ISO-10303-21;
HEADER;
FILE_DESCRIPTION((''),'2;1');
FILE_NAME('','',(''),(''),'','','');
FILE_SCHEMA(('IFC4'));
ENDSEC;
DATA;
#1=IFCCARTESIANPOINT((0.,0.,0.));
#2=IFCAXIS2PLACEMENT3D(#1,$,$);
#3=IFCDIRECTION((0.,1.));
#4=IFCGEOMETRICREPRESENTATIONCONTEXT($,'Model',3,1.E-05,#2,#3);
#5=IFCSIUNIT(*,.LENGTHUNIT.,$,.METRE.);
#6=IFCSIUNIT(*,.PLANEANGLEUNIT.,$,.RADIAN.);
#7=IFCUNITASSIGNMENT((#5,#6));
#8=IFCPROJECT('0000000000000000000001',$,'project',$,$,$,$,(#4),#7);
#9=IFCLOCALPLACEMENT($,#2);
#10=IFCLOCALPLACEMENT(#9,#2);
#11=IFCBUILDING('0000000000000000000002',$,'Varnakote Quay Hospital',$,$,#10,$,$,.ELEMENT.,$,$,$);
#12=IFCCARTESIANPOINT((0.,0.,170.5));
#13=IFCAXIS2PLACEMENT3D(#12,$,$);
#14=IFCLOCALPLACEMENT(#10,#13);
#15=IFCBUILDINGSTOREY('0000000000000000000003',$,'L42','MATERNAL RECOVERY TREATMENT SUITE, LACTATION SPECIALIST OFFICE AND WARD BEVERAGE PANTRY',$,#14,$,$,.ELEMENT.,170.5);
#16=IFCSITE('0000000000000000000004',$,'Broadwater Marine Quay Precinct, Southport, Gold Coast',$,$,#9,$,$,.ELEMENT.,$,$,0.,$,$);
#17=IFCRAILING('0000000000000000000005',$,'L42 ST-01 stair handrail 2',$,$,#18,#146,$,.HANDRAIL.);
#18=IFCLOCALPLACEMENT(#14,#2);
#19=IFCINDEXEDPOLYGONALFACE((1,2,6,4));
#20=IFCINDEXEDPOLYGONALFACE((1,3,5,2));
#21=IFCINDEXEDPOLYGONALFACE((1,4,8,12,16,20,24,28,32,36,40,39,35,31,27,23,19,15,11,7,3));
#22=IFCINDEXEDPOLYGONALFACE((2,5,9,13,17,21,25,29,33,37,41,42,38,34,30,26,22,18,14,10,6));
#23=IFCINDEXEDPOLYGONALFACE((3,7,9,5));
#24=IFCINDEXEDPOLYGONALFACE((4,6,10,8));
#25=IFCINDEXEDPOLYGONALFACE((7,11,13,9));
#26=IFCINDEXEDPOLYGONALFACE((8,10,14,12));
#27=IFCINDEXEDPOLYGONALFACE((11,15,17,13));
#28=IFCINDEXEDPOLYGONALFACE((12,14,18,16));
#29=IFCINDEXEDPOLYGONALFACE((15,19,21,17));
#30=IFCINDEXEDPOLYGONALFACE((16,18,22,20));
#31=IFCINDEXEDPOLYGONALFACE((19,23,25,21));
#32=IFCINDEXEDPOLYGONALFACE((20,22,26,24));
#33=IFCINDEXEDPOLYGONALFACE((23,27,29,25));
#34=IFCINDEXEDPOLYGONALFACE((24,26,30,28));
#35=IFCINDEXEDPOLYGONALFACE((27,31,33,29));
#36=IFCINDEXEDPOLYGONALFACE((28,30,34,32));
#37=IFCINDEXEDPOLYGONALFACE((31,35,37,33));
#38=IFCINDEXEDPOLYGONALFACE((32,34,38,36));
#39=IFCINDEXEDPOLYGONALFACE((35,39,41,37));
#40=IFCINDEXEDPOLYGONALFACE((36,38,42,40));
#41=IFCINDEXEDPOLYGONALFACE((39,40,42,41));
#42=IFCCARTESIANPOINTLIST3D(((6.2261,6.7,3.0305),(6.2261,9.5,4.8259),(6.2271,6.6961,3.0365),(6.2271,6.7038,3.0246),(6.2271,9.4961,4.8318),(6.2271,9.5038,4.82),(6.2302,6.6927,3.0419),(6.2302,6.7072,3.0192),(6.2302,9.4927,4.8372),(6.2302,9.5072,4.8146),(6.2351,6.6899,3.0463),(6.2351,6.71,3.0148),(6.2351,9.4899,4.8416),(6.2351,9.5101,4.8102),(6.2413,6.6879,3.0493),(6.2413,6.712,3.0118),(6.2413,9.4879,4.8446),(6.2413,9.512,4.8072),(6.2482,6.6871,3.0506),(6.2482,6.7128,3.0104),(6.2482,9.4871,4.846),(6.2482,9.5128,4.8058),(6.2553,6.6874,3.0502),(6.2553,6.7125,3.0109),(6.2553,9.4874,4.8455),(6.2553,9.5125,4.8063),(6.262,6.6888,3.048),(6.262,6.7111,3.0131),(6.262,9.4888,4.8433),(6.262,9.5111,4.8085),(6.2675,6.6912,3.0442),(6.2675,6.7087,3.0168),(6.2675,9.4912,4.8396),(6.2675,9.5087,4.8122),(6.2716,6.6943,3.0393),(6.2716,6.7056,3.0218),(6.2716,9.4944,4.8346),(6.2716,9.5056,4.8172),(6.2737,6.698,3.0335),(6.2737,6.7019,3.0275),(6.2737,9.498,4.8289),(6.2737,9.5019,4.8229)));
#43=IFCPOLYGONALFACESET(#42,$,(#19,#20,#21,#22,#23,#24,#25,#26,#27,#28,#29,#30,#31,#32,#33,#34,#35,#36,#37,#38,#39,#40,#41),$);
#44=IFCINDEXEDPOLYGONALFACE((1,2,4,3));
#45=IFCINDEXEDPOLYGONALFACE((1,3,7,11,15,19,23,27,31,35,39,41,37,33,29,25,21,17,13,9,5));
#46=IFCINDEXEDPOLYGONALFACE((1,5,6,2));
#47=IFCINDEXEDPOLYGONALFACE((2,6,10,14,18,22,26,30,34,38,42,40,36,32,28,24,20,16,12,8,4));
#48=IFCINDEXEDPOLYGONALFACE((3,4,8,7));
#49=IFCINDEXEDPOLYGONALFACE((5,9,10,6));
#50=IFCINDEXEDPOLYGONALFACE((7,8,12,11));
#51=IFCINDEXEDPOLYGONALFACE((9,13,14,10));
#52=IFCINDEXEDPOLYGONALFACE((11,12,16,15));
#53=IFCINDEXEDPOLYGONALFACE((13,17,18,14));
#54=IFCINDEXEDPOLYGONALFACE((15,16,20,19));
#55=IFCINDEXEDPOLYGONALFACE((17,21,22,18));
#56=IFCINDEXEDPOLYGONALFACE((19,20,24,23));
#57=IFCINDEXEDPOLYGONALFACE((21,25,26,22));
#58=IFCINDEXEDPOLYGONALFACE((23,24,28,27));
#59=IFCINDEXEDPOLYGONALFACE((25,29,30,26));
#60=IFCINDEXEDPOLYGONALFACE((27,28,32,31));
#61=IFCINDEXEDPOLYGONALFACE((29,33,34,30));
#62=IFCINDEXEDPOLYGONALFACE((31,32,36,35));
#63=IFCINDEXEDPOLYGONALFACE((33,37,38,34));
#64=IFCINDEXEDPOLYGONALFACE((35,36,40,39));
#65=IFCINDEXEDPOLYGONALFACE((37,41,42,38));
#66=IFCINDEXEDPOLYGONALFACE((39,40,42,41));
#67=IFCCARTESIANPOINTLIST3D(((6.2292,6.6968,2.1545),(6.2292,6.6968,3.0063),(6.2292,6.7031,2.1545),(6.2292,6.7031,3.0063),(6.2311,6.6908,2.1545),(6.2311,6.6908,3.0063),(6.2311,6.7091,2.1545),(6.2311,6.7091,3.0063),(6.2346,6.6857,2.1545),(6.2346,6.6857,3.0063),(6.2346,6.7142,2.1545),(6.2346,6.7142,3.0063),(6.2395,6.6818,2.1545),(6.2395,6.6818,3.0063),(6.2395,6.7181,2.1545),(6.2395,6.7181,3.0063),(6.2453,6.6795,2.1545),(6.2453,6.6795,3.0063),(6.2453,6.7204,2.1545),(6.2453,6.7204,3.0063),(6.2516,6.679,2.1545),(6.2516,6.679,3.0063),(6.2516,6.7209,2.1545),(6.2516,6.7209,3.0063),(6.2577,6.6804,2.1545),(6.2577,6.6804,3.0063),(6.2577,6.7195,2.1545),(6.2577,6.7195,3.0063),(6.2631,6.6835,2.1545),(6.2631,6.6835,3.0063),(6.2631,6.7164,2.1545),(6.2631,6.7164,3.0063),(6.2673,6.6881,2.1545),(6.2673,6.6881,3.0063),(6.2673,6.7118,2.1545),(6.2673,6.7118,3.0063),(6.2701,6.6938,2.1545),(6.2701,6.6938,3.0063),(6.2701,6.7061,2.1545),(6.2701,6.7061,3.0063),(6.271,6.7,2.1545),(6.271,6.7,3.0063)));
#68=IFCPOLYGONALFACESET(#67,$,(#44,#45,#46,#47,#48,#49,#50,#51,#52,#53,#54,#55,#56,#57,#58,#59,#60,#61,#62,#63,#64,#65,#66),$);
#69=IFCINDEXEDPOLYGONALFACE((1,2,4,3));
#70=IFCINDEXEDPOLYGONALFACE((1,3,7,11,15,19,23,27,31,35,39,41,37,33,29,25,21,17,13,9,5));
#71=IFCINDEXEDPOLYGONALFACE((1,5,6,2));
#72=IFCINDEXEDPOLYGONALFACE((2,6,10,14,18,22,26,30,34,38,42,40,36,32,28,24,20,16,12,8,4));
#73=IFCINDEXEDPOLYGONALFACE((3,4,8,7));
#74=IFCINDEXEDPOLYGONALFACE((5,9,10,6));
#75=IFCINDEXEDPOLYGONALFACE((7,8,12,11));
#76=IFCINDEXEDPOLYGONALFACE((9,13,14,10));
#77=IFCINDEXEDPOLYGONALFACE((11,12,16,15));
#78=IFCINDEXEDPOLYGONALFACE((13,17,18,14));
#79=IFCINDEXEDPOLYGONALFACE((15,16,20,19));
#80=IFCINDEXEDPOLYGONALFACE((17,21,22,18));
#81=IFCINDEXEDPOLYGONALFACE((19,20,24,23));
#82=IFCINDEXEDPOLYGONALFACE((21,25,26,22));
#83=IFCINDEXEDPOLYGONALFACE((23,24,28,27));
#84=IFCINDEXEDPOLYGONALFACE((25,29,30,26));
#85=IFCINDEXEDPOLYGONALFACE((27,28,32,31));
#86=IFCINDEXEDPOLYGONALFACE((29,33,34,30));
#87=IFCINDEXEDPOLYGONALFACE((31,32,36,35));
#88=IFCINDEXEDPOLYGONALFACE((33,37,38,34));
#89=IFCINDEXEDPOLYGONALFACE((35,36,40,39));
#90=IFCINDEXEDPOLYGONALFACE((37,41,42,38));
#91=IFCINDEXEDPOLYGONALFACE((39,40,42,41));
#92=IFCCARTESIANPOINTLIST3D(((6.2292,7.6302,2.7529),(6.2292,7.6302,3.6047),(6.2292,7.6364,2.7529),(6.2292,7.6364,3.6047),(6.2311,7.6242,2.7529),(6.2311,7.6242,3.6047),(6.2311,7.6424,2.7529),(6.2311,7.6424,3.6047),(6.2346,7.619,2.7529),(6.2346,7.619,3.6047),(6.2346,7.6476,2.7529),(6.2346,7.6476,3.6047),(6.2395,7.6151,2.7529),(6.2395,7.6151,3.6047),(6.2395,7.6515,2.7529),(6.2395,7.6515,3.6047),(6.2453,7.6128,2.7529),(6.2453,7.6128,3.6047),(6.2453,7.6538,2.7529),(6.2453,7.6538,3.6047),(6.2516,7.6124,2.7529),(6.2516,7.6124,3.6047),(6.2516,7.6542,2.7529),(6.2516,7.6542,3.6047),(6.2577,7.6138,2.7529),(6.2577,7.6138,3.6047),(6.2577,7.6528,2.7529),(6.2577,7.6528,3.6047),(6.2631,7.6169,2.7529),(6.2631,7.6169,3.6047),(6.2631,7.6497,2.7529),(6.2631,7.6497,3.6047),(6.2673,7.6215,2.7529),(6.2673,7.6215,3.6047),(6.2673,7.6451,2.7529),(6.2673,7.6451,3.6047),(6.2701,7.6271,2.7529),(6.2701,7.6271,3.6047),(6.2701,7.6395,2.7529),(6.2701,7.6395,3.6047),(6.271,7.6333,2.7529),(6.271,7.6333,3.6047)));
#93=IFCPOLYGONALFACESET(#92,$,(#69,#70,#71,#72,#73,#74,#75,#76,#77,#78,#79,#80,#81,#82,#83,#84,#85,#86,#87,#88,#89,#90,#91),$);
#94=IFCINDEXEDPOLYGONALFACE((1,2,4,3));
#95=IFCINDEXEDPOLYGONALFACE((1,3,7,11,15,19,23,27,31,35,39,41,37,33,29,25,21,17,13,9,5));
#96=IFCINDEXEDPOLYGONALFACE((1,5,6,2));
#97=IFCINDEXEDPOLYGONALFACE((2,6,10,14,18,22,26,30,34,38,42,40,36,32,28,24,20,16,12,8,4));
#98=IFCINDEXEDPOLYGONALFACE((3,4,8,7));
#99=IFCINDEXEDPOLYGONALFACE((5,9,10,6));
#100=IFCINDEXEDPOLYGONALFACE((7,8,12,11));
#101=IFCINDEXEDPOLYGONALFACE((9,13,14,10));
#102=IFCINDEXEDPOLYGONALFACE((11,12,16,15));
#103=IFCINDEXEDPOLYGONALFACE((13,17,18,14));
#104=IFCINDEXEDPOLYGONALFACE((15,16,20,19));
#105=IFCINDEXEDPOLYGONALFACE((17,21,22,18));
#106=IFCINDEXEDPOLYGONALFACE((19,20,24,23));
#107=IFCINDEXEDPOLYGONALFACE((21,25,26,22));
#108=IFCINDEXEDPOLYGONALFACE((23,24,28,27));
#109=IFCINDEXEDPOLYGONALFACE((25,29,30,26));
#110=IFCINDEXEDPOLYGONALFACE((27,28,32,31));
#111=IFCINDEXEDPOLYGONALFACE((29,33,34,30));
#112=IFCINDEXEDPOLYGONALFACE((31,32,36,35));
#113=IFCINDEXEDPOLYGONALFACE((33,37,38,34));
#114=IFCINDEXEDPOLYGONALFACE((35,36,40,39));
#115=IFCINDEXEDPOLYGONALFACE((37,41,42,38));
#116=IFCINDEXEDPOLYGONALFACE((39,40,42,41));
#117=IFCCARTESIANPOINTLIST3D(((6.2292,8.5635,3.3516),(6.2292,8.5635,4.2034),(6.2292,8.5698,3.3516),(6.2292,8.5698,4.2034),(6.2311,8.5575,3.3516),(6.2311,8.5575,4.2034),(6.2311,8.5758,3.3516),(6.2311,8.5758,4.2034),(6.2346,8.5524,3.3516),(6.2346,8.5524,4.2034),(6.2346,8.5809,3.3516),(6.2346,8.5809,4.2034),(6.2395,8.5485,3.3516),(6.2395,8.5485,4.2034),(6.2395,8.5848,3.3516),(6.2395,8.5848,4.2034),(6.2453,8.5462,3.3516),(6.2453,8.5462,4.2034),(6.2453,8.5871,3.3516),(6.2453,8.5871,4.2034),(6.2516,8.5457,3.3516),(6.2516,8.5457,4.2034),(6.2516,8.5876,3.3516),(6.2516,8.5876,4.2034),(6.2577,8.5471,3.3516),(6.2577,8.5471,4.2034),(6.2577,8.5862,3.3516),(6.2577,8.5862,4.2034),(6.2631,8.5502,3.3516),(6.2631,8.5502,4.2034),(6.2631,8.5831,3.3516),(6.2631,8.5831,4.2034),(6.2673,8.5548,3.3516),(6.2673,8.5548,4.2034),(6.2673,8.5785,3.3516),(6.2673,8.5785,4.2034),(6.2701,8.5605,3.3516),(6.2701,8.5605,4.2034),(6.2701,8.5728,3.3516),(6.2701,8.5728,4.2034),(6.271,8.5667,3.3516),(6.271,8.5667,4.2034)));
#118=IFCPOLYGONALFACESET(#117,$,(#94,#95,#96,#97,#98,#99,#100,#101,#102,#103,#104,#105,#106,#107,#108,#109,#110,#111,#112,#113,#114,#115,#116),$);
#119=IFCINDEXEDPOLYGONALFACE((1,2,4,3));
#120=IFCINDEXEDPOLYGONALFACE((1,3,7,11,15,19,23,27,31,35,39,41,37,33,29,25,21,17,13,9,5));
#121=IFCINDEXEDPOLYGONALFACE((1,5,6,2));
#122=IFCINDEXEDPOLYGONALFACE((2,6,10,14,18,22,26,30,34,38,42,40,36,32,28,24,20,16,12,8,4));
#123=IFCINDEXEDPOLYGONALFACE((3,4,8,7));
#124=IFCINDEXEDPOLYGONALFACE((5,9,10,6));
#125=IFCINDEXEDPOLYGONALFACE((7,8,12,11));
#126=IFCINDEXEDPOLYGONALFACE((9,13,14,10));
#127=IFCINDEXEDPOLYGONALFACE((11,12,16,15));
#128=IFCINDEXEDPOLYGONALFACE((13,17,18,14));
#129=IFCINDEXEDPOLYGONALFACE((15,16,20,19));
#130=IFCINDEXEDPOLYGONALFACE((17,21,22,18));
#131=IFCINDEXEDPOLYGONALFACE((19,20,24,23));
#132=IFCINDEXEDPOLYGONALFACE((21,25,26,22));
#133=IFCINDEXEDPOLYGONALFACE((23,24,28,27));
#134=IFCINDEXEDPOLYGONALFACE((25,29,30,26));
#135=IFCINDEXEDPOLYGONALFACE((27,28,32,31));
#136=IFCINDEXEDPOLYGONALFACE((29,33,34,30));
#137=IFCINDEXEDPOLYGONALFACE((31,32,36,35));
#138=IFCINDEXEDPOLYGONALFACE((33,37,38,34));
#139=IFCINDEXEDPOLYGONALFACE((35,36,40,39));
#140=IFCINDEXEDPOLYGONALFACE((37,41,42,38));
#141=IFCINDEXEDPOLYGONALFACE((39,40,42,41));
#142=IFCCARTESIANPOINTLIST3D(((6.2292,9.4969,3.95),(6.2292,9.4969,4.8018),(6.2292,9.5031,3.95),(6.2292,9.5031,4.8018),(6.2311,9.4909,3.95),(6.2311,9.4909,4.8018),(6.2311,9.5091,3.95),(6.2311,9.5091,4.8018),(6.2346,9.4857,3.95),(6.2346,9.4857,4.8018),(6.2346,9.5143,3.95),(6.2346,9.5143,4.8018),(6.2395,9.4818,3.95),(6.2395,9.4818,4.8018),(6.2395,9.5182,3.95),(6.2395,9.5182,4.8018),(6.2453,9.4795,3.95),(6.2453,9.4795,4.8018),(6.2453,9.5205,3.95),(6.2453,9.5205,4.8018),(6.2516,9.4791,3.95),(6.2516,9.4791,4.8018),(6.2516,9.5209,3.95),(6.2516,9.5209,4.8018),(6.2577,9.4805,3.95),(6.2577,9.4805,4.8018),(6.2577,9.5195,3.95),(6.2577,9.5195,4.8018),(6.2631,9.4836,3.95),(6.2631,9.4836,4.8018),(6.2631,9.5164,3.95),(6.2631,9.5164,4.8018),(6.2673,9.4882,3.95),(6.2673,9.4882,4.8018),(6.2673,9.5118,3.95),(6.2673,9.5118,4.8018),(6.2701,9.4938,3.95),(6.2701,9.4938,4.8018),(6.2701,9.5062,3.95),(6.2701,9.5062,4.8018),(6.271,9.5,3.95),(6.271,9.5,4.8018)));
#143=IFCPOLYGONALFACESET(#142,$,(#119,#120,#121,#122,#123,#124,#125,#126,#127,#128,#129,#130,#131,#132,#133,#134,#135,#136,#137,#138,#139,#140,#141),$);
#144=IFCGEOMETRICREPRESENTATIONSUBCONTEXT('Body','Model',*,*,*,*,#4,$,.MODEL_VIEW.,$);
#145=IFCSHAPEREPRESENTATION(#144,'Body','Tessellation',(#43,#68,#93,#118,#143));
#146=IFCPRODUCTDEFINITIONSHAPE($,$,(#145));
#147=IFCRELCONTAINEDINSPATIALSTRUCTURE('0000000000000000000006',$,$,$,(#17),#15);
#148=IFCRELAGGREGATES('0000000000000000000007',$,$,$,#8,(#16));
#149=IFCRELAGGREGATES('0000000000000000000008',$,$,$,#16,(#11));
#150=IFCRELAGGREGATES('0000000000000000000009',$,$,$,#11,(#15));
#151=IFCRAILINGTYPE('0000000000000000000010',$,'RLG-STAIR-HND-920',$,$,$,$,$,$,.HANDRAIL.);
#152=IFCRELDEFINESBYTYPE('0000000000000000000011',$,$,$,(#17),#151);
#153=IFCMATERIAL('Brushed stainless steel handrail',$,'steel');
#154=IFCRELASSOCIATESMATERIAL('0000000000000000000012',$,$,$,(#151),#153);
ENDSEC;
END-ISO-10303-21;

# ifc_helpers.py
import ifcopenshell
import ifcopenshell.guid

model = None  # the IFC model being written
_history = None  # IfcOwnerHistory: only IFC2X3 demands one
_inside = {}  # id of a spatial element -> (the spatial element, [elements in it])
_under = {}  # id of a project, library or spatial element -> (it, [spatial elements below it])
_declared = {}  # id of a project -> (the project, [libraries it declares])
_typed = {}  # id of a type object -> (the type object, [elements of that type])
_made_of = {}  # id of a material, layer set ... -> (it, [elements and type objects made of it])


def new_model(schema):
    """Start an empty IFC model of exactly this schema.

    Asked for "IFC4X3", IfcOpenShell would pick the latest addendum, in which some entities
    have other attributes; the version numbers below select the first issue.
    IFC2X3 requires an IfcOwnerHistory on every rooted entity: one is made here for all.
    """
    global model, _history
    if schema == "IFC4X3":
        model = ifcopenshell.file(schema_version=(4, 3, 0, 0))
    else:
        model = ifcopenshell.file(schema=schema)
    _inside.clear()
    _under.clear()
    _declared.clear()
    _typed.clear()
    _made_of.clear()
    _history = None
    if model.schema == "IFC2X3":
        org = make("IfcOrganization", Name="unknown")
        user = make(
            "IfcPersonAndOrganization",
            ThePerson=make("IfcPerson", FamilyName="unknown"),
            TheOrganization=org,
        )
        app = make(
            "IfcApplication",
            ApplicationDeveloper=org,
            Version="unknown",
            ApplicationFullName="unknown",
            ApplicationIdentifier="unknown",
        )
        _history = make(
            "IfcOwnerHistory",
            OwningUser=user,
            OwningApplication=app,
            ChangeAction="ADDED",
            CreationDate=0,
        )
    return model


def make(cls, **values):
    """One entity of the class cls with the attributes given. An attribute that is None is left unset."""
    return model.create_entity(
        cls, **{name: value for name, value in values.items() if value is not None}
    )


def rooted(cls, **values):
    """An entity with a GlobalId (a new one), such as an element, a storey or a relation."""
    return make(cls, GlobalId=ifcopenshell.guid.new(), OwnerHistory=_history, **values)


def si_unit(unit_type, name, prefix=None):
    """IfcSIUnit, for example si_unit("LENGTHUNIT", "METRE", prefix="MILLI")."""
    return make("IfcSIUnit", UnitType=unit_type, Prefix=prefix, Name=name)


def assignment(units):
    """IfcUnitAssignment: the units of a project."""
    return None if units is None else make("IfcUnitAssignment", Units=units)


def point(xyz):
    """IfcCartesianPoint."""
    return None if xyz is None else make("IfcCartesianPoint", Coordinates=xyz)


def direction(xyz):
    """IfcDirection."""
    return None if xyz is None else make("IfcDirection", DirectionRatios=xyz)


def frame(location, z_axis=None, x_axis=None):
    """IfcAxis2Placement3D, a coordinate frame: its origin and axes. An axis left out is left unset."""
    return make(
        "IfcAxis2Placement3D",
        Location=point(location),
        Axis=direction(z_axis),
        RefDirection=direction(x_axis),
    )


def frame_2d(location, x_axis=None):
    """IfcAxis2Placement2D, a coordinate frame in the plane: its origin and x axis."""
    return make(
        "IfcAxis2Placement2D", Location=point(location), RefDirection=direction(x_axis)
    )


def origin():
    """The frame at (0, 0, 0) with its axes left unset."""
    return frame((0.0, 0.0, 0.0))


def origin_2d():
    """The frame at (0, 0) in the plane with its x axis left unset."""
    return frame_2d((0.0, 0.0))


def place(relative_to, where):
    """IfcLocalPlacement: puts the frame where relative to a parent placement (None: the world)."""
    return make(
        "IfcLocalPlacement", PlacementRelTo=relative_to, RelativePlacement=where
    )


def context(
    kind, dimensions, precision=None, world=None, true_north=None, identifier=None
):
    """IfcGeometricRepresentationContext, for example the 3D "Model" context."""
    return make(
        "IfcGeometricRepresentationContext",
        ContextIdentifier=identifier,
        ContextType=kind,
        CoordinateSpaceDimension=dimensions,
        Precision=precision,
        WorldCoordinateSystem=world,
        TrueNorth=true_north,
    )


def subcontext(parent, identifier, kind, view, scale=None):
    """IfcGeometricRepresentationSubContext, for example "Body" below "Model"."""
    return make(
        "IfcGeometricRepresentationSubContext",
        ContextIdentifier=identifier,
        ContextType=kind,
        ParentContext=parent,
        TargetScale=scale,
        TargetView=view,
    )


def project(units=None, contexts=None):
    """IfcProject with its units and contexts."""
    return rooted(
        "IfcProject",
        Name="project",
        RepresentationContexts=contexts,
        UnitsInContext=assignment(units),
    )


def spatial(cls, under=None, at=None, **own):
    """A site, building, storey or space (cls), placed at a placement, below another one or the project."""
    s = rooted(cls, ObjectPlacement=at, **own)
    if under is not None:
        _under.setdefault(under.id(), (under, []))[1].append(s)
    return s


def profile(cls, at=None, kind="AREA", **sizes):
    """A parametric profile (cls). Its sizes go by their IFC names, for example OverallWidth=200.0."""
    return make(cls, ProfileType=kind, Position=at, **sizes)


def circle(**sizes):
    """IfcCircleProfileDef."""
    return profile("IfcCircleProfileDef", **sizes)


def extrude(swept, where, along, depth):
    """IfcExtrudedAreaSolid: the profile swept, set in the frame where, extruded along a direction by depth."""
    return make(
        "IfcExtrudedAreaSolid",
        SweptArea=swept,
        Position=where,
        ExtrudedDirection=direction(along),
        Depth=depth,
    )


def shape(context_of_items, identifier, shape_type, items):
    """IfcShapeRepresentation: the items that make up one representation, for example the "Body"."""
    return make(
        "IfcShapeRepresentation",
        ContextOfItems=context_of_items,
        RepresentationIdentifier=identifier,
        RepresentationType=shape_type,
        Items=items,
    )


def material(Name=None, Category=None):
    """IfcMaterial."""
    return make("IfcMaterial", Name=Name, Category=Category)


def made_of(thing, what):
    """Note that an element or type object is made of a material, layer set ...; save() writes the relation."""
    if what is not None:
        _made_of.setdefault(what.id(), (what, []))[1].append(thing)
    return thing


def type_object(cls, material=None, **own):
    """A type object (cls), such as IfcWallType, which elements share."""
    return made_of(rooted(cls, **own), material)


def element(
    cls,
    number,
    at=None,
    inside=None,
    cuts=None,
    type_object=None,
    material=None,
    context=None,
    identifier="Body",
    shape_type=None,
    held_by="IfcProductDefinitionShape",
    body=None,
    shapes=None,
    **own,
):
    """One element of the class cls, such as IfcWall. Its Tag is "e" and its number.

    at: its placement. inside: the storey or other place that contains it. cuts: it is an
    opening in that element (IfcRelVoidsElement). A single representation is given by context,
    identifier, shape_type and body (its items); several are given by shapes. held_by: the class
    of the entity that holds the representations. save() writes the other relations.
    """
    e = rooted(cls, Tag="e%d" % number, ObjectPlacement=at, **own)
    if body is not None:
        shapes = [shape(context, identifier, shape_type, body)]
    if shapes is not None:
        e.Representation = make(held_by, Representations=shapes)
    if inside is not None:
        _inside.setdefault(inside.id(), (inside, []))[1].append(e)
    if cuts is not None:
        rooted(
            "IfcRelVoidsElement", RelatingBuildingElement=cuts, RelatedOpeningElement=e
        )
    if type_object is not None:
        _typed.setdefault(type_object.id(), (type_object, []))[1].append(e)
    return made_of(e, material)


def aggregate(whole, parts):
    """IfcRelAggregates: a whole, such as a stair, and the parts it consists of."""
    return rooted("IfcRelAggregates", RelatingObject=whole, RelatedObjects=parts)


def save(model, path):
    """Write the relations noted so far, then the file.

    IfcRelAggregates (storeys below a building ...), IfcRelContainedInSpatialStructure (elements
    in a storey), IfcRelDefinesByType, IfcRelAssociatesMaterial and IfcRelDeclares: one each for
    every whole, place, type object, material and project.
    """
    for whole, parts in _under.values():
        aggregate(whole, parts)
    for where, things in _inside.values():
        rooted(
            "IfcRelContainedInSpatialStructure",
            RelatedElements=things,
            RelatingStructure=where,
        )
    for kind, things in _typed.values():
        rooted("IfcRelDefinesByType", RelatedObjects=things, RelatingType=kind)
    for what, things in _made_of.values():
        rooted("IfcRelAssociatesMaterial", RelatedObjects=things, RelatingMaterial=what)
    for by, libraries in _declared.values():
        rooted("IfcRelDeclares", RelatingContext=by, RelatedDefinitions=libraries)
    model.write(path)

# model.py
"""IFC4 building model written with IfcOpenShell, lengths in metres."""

from ifc_helpers import new_model, si_unit, direction, frame, origin, origin_2d, place, context, subcontext, project, spatial, circle, extrude, material, type_object, element, save


model = new_model("IFC4")

# Units and contexts
model_context = context("Model", 3, precision=1e-05, world=origin(), true_north=direction((0.0, 1.0)))
body_context = subcontext(model_context, "Body", "Model", "MODEL_VIEW")
ifc_project = project(units=[si_unit("LENGTHUNIT", "METRE"), si_unit("PLANEANGLEUNIT", "RADIAN")], contexts=[model_context])

# Site, building, storey
site_placement = place(None, origin())
site = spatial("IfcSite", under=ifc_project, at=site_placement, Name="Broadwater Marine Quay Precinct, Southport, Gold Coast", CompositionType="ELEMENT", RefElevation=0.0)
building_placement = place(site_placement, origin())
building = spatial("IfcBuilding", under=site, at=building_placement, Name="Varnakote Quay Hospital", CompositionType="ELEMENT")
storey_placement = place(building_placement, frame((0.0, 0.0, 170.5)))
storey = spatial("IfcBuildingStorey", under=building, at=storey_placement, Name="L42", Description="MATERNAL RECOVERY TREATMENT SUITE, LACTATION SPECIALIST OFFICE AND WARD BEVERAGE PANTRY", CompositionType="ELEMENT", Elevation=170.5)

# Railing
ifc_material_1 = material(Name="Brushed stainless steel handrail", Category="steel")
railing_type_1 = type_object("IfcRailingType", Name="RLG-STAIR-HND-920", PredefinedType="HANDRAIL", material=ifc_material_1)
railing_1_placement = place(storey_placement, frame((6.25, 6.7, 2.1545)))
element("IfcRailing", 1, at=railing_1_placement, inside=storey, type_object=railing_type_1, Name="L42 ST-01 stair handrail 2", PredefinedType="HANDRAIL", context=body_context, shape_type="SweptSolid", body=[
    extrude(circle(Radius=0.0239, at=origin_2d()), frame((0.0, 0.0, 0.876), z_axis=(0.0, 0.84181, 0.539774), x_axis=(-1.0, 0.0, 0.0)), (0.0, 0.0, 1.0), 3.3262),
    extrude(circle(Radius=0.021, at=origin_2d()), origin(), (0.0, 0.0, 1.0), 0.8518),
    extrude(circle(Radius=0.021, at=origin_2d()), frame((0.0, 0.9333, 0.5984)), (0.0, 0.0, 1.0), 0.8518),
    extrude(circle(Radius=0.021, at=origin_2d()), frame((0.0, 1.8667, 1.197)), (0.0, 0.0, 1.0), 0.8518),
    extrude(circle(Radius=0.021, at=origin_2d()), frame((0.0, 2.8, 1.7954)), (0.0, 0.0, 1.0), 0.8518),
])

save(model, "model.ifc")
